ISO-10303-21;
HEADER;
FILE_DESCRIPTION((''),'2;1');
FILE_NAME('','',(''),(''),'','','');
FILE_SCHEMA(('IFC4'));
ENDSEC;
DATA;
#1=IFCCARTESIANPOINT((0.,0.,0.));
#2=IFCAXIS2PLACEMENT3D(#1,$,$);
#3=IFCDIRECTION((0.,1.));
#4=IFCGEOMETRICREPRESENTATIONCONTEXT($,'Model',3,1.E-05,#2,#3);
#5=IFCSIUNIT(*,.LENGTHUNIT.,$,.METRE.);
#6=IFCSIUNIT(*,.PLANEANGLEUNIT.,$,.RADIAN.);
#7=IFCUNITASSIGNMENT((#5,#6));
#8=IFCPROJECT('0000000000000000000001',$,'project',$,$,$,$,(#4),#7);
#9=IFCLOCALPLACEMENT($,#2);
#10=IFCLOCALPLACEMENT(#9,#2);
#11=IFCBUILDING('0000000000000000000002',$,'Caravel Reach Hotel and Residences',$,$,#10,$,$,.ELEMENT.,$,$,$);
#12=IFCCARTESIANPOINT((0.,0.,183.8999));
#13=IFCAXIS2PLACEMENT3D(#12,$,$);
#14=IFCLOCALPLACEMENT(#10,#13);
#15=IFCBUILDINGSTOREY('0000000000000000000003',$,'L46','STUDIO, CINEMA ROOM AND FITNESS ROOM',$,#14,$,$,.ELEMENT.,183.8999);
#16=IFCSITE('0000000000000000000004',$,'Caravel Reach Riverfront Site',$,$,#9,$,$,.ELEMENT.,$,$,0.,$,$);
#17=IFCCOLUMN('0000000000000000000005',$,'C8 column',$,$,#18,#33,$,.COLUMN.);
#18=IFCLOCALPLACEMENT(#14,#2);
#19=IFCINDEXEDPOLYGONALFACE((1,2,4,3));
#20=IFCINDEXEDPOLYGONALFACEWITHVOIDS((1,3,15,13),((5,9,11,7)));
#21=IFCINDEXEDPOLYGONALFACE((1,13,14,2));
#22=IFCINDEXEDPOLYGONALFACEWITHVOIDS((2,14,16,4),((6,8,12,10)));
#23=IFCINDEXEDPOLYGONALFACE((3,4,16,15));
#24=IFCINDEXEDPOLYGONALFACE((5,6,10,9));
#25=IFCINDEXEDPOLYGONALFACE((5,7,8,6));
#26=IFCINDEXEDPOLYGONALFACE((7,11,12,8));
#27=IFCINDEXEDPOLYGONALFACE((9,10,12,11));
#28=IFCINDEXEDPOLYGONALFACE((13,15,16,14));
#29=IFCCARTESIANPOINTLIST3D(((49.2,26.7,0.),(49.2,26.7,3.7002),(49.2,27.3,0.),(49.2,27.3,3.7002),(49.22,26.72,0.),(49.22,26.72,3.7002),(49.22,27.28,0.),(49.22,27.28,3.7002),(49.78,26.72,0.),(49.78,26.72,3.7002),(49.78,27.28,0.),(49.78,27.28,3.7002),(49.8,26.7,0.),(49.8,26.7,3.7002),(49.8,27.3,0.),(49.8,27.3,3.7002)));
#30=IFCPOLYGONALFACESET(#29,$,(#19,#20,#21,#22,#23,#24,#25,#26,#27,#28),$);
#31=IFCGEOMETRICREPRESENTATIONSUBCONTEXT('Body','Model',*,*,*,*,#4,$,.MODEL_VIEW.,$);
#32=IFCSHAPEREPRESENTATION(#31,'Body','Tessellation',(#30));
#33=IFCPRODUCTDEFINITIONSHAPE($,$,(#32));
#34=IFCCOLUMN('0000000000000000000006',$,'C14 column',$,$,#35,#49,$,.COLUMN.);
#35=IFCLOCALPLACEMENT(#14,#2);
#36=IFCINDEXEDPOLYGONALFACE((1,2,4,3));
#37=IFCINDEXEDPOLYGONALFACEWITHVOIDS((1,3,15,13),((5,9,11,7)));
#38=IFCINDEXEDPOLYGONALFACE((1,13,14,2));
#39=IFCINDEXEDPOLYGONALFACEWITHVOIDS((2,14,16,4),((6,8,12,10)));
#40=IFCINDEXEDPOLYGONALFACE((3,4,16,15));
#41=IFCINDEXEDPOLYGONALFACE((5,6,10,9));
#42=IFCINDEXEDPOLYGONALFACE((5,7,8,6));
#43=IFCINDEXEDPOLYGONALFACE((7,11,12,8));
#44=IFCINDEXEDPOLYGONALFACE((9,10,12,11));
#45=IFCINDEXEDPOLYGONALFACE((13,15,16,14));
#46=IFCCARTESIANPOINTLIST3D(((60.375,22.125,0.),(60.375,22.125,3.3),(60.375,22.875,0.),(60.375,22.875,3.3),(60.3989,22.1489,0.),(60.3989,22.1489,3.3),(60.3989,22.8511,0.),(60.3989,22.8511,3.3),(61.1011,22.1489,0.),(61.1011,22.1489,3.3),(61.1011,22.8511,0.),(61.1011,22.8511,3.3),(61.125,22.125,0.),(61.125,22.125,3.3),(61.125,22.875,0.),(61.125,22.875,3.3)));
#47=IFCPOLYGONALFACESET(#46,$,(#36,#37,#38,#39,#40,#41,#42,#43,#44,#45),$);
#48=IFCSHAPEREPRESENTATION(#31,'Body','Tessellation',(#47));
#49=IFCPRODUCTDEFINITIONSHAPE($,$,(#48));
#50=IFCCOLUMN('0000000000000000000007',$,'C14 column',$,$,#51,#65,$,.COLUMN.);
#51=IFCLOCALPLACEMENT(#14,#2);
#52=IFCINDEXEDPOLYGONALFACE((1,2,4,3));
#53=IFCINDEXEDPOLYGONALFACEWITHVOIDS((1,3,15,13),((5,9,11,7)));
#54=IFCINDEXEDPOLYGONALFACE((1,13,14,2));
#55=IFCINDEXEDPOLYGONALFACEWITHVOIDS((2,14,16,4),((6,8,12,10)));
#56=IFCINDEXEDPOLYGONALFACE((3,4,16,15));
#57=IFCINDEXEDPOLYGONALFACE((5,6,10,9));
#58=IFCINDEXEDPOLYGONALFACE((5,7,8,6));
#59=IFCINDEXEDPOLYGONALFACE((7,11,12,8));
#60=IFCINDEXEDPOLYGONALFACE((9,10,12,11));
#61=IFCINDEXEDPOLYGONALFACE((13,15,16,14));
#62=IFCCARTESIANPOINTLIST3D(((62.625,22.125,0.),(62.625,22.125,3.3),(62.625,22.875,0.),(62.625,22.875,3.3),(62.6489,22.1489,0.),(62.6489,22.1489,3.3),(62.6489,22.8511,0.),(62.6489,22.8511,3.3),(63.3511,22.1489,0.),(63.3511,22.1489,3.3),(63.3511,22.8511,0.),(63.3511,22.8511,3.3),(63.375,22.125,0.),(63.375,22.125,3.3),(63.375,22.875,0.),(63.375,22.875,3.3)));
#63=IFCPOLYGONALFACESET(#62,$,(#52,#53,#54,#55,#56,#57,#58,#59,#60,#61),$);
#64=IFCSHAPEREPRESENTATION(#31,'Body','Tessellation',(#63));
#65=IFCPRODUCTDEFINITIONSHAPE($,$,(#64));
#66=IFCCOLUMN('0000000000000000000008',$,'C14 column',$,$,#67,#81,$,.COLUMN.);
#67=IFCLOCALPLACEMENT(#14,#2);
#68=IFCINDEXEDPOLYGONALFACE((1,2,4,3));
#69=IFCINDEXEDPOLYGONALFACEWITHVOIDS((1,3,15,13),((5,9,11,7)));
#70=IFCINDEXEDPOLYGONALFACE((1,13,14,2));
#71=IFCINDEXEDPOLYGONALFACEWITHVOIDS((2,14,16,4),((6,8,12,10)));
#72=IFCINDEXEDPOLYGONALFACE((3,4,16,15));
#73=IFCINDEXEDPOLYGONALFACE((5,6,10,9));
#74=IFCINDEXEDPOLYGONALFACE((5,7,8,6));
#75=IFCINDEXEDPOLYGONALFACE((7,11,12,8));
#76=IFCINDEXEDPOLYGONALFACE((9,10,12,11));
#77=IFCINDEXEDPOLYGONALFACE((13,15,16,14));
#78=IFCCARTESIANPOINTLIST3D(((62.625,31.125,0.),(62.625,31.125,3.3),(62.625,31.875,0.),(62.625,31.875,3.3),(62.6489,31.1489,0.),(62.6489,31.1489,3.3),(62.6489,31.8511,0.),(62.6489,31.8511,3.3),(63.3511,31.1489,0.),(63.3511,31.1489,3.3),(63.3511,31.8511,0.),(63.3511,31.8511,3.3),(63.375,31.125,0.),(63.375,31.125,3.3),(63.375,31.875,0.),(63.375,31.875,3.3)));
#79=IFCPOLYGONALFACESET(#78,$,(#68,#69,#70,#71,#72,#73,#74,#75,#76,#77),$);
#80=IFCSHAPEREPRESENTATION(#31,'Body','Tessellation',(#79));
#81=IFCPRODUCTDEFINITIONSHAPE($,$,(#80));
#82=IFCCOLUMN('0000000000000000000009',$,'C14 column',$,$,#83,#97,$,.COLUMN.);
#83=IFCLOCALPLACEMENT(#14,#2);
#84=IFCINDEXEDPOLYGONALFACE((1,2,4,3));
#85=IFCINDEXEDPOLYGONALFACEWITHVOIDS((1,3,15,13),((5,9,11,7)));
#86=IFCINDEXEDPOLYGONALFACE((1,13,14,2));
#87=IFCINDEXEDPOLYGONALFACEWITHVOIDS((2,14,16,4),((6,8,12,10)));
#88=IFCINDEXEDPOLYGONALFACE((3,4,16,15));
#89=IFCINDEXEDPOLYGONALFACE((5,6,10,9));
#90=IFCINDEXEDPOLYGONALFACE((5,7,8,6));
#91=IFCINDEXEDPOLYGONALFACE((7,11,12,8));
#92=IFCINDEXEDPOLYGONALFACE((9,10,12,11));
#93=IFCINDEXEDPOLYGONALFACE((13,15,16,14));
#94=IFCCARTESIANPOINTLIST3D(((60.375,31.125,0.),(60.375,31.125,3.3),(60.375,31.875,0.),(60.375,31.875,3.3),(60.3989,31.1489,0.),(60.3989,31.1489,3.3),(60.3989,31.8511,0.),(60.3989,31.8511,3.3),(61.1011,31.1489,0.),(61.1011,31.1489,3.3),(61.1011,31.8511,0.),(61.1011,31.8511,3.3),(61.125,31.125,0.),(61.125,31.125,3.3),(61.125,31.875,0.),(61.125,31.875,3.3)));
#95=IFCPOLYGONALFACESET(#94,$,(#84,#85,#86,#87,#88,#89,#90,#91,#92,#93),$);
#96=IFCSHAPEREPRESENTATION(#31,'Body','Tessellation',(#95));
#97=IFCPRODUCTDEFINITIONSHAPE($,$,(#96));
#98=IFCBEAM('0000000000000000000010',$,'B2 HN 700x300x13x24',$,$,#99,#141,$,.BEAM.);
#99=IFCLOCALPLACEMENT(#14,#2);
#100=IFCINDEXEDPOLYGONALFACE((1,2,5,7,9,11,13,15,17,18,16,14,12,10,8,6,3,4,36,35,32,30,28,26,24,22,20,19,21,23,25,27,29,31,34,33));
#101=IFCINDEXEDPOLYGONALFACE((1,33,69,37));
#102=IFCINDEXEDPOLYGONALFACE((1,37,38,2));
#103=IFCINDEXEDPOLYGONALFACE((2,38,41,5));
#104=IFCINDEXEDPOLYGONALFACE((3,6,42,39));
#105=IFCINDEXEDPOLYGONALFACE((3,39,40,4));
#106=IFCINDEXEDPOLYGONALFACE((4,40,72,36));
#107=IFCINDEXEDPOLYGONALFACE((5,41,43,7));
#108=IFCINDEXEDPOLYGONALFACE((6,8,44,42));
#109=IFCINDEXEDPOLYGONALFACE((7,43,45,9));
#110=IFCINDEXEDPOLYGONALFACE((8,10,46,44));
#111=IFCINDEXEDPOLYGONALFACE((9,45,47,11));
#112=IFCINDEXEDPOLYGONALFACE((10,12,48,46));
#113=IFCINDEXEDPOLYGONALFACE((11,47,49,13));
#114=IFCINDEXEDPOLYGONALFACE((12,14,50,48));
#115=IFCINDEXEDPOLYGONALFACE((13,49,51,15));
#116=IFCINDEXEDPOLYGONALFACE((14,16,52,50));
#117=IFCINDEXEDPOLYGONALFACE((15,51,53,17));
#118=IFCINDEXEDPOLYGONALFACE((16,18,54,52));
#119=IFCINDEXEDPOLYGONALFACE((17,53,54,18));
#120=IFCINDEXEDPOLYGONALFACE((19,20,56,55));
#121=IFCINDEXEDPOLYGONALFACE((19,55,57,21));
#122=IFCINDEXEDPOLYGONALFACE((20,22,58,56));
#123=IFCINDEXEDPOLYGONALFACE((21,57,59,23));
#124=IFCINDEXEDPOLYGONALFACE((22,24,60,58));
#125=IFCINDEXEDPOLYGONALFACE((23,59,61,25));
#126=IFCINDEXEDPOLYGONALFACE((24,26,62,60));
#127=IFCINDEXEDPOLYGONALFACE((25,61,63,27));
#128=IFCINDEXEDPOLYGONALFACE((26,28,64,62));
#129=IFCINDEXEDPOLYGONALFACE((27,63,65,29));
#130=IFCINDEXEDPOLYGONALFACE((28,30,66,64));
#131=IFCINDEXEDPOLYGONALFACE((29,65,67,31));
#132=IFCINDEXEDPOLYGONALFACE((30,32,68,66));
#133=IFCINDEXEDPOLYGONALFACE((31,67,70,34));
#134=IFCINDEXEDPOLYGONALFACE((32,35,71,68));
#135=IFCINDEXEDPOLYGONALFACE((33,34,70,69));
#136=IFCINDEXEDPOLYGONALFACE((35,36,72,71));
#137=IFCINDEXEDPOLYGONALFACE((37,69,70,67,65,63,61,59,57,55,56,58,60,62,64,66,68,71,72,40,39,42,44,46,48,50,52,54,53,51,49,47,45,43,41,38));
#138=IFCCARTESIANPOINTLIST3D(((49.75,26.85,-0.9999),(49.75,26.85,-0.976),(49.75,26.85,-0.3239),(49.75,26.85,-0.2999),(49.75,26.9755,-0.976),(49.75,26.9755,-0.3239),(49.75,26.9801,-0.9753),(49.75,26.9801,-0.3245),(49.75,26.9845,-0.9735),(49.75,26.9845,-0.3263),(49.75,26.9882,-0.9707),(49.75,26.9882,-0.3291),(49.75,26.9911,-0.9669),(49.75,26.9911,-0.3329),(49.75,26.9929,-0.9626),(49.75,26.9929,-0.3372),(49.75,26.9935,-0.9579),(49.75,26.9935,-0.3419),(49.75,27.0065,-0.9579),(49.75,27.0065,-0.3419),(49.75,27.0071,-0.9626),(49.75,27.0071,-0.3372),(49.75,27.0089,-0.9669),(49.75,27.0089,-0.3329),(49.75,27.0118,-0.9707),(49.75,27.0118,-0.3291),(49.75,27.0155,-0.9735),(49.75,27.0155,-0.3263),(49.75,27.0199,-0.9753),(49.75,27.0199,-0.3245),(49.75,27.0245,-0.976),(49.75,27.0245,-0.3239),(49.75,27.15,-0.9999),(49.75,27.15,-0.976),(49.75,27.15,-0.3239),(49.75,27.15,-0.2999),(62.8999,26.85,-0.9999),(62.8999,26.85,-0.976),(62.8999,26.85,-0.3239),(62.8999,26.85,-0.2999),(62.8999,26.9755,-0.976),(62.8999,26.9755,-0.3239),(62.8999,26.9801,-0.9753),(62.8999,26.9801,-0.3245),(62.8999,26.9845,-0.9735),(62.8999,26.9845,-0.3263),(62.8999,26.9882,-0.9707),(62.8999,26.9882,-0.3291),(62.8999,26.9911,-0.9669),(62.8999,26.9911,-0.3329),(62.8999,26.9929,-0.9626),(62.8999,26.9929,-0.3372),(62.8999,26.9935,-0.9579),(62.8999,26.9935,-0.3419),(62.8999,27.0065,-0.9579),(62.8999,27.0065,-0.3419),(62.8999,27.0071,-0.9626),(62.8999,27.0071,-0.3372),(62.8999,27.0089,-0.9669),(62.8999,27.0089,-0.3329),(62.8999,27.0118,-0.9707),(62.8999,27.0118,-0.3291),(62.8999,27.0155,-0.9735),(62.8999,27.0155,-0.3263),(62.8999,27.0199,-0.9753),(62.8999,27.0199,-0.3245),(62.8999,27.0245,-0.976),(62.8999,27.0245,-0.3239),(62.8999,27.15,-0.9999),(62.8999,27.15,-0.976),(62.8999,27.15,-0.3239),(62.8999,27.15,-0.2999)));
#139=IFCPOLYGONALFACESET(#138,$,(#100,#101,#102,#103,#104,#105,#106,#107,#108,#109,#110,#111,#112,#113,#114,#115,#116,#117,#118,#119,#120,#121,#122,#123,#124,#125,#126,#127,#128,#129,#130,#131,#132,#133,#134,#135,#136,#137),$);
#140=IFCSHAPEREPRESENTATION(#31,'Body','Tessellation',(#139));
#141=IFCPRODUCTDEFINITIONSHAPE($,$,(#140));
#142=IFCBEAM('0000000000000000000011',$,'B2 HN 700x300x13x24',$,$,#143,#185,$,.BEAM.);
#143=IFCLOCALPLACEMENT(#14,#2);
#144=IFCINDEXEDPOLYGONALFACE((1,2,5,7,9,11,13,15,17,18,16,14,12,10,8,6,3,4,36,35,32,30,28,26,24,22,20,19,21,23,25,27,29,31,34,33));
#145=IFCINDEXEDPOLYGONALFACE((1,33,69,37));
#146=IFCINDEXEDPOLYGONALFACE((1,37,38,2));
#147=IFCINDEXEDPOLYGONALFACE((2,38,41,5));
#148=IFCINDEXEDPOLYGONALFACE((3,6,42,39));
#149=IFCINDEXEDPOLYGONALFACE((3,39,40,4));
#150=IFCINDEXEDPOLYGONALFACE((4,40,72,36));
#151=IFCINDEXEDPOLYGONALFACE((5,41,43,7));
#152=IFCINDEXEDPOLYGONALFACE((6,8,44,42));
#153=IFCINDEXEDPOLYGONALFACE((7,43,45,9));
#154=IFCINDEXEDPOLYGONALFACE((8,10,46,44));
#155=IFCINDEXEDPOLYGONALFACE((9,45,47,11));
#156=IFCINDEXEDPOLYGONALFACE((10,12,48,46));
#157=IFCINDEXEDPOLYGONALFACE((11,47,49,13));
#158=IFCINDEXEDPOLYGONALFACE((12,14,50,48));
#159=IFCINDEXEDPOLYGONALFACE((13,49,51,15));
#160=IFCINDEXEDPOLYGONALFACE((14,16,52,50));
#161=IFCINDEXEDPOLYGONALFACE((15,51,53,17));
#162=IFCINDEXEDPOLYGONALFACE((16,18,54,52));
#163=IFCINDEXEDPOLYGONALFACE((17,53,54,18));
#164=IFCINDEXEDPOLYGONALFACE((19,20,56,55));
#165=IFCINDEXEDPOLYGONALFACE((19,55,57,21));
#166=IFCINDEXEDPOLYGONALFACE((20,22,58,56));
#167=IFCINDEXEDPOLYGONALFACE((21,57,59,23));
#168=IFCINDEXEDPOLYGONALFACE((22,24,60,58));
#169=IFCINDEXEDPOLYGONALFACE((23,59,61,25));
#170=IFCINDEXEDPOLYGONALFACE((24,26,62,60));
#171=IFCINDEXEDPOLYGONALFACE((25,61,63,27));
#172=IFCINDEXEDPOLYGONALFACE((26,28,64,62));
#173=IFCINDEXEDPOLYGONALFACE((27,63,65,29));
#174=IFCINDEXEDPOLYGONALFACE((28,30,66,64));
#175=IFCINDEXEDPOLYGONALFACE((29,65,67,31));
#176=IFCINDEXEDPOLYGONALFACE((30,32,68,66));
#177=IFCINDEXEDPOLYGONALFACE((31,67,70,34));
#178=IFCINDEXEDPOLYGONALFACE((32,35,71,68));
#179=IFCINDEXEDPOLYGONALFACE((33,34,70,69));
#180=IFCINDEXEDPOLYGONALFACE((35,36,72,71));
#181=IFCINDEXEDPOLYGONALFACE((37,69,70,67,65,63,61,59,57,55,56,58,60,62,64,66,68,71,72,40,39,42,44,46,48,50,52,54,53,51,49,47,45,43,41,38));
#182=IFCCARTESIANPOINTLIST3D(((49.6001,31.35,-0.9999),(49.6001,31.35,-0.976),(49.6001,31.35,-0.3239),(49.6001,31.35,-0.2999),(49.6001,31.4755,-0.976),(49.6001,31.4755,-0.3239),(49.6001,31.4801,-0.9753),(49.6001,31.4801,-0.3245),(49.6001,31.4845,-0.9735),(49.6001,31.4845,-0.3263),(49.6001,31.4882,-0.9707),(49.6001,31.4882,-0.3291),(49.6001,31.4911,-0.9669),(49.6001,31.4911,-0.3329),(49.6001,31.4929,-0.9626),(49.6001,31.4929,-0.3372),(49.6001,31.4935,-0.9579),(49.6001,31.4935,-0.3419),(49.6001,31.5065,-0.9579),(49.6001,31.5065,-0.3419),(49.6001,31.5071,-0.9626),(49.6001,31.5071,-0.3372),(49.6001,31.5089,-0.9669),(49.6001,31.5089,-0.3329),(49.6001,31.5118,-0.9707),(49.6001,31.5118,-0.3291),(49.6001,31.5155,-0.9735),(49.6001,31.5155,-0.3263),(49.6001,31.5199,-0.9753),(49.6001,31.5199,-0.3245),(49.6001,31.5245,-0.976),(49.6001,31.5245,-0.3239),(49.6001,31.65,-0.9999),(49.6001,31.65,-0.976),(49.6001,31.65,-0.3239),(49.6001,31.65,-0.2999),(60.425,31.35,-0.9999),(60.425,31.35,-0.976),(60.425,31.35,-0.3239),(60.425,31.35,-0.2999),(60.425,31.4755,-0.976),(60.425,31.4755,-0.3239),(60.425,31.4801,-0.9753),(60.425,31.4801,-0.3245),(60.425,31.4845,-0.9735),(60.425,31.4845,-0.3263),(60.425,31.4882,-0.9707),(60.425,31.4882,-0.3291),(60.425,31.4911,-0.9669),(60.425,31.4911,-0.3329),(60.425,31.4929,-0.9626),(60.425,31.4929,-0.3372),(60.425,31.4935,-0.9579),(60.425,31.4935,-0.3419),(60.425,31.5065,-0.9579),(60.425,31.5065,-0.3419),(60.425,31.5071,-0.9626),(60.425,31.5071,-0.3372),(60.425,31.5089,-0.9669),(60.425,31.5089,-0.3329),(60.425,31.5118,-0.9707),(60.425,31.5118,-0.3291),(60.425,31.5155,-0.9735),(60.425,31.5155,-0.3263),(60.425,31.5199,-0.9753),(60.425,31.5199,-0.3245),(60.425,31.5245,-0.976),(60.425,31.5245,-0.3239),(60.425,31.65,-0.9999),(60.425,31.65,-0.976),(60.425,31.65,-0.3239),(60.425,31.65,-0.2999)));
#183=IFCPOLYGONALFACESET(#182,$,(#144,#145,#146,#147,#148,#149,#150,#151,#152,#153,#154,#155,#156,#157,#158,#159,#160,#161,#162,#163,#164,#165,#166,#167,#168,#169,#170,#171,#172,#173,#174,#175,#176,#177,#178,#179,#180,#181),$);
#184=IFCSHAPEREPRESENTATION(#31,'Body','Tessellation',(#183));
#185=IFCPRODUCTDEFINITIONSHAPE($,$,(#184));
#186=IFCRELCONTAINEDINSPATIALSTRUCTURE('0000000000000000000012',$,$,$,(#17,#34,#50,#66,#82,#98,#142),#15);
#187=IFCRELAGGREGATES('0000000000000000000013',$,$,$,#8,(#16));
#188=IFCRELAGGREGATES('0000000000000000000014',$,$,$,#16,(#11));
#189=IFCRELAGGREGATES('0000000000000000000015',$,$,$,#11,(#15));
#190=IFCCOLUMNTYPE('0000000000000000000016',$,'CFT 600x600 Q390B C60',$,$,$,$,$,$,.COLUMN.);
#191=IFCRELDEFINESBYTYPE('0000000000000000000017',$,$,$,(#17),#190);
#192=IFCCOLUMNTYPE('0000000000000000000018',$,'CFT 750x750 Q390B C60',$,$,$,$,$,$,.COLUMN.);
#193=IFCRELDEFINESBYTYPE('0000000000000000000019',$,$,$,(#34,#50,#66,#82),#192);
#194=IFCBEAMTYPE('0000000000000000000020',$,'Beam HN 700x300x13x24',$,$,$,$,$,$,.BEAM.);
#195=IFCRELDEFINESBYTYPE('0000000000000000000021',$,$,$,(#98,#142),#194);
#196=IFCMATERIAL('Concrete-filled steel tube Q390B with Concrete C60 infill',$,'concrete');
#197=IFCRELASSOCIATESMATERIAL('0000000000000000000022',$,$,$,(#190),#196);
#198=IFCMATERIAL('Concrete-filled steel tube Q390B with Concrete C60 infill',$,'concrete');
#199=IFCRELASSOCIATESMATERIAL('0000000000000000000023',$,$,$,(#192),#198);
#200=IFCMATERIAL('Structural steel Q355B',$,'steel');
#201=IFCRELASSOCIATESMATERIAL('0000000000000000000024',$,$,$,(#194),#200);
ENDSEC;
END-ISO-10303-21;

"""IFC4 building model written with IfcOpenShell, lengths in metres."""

from ifc_helpers import new_model, si_unit, direction, frame, origin, origin_2d, place, context, subcontext, project, spatial, hollow_rectangle, i_section, extrude, material, material_profile, profile_set, type_object, element, save


model = new_model("IFC4")

# Units and contexts
model_context = context("Model", 3, precision=1e-05, world=origin(), true_north=direction((0.0, 1.0)))
body_context = subcontext(model_context, "Body", "Model", "MODEL_VIEW")
ifc_project = project(units=[si_unit("LENGTHUNIT", "METRE"), si_unit("PLANEANGLEUNIT", "RADIAN")], contexts=[model_context])

# Site, building, storey
site_placement = place(None, origin())
site = spatial("IfcSite", under=ifc_project, at=site_placement, Name="Caravel Reach Riverfront Site", CompositionType="ELEMENT", RefElevation=0.0)
building_placement = place(site_placement, origin())
building = spatial("IfcBuilding", under=site, at=building_placement, Name="Caravel Reach Hotel and Residences", CompositionType="ELEMENT")
storey_placement = place(building_placement, frame((0.0, 0.0, 183.8999)))
storey = spatial("IfcBuildingStorey", under=building, at=storey_placement, Name="L46", Description="STUDIO, CINEMA ROOM AND FITNESS ROOM", CompositionType="ELEMENT", Elevation=183.8999)

# Columns
ifc_material_1 = material(Name="Concrete-filled steel tube Q390B with Concrete C60 infill", Category="concrete")
ifc_material_profile_1 = material_profile(ifc_material_1, hollow_rectangle(XDim=0.6001, YDim=0.6001, WallThickness=0.02, at=origin_2d()), Name="RHS 600x600x20")
ifc_profile_set_1 = profile_set([ifc_material_profile_1], Name="Concrete-filled steel tube Q390B with Concrete C60 infill")
column_type_1 = type_object("IfcColumnType", Name="CFT 600x600 Q390B C60", PredefinedType="COLUMN", material=ifc_profile_set_1)
column_placement = place(storey_placement, frame((49.5, 27.0, 0.0), z_axis=(0.0, 0.0, 1.0), x_axis=(1.0, 0.0, 0.0)))
element("IfcColumn", 1, at=column_placement, inside=storey, type_object=column_type_1, Name="C8 column", PredefinedType="COLUMN", context=body_context, shape_type="SweptSolid", body=[
    extrude(hollow_rectangle(XDim=0.6001, YDim=0.6001, WallThickness=0.02, at=origin_2d()), origin(), (0.0, 0.0, 1.0), 3.7002),
])
ifc_material_2 = material(Name="Concrete-filled steel tube Q390B with Concrete C60 infill", Category="concrete")
ifc_material_profile_2 = material_profile(ifc_material_2, hollow_rectangle(XDim=0.75, YDim=0.75, WallThickness=0.0239, at=origin_2d()), Name="RHS 750x750x24")
ifc_profile_set_2 = profile_set([ifc_material_profile_2], Name="Concrete-filled steel tube Q390B with Concrete C60 infill")
column_type_2 = type_object("IfcColumnType", Name="CFT 750x750 Q390B C60", PredefinedType="COLUMN", material=ifc_profile_set_2)
for number, where, z_axis, x_axis, name in (
    (2, (60.75, 22.5, 0.0), (0.0, 0.0, 1.0), (1.0, 0.0, 0.0), "C14 column"),
    (3, (63.0, 22.5, 0.0), (0.0, 0.0, 1.0), (1.0, 0.0, 0.0), "C14 column"),
    (4, (63.0, 31.5, 0.0), (0.0, 0.0, 1.0), (1.0, 0.0, 0.0), "C14 column"),
    (5, (60.75, 31.5, 0.0), (0.0, 0.0, 1.0), (1.0, 0.0, 0.0), "C14 column"),
):
    element("IfcColumn", number, at=place(storey_placement, frame(where, z_axis=z_axis, x_axis=x_axis)), inside=storey, type_object=column_type_2, Name=name, PredefinedType="COLUMN", context=body_context, shape_type="SweptSolid", body=[
        extrude(hollow_rectangle(XDim=0.75, YDim=0.75, WallThickness=0.0239, at=origin_2d()), origin(), (0.0, 0.0, 1.0), 3.3),
    ])

# Beams
ifc_material_3 = material(Name="Structural steel Q355B", Category="steel")
ifc_material_profile_3 = material_profile(ifc_material_3, i_section(OverallWidth=0.3, OverallDepth=0.7, WebThickness=0.0129, FlangeThickness=0.0239, FilletRadius=0.0181, at=origin_2d()), Name="HN 700x300x13x24")
ifc_profile_set_3 = profile_set([ifc_material_profile_3], Name="Structural steel Q355B")
beam_type_1 = type_object("IfcBeamType", Name="Beam HN 700x300x13x24", PredefinedType="BEAM", material=ifc_profile_set_3)
beam_1_placement = place(storey_placement, frame((49.75, 27.0, -0.6499), z_axis=(1.0, 0.0, 0.0), x_axis=(0.0, 1.0, 0.0)))
element("IfcBeam", 6, at=beam_1_placement, inside=storey, type_object=beam_type_1, Name="B2 HN 700x300x13x24", PredefinedType="BEAM", context=body_context, shape_type="SweptSolid", body=[
    extrude(i_section(OverallWidth=0.3, OverallDepth=0.7, WebThickness=0.0129, FlangeThickness=0.0239, FilletRadius=0.0181, at=origin_2d()), origin(), (0.0, 0.0, 1.0), 13.1499),
])
beam_2_placement = place(storey_placement, frame((49.6001, 31.5, -0.6499), z_axis=(1.0, 0.0, 0.0), x_axis=(0.0, 1.0, 0.0)))
element("IfcBeam", 7, at=beam_2_placement, inside=storey, type_object=beam_type_1, Name="B2 HN 700x300x13x24", PredefinedType="BEAM", context=body_context, shape_type="SweptSolid", body=[
    extrude(i_section(OverallWidth=0.3, OverallDepth=0.7, WebThickness=0.0129, FlangeThickness=0.0239, FilletRadius=0.0181, at=origin_2d()), origin(), (0.0, 0.0, 1.0), 10.825),
])

save(model, "model.ifc")
